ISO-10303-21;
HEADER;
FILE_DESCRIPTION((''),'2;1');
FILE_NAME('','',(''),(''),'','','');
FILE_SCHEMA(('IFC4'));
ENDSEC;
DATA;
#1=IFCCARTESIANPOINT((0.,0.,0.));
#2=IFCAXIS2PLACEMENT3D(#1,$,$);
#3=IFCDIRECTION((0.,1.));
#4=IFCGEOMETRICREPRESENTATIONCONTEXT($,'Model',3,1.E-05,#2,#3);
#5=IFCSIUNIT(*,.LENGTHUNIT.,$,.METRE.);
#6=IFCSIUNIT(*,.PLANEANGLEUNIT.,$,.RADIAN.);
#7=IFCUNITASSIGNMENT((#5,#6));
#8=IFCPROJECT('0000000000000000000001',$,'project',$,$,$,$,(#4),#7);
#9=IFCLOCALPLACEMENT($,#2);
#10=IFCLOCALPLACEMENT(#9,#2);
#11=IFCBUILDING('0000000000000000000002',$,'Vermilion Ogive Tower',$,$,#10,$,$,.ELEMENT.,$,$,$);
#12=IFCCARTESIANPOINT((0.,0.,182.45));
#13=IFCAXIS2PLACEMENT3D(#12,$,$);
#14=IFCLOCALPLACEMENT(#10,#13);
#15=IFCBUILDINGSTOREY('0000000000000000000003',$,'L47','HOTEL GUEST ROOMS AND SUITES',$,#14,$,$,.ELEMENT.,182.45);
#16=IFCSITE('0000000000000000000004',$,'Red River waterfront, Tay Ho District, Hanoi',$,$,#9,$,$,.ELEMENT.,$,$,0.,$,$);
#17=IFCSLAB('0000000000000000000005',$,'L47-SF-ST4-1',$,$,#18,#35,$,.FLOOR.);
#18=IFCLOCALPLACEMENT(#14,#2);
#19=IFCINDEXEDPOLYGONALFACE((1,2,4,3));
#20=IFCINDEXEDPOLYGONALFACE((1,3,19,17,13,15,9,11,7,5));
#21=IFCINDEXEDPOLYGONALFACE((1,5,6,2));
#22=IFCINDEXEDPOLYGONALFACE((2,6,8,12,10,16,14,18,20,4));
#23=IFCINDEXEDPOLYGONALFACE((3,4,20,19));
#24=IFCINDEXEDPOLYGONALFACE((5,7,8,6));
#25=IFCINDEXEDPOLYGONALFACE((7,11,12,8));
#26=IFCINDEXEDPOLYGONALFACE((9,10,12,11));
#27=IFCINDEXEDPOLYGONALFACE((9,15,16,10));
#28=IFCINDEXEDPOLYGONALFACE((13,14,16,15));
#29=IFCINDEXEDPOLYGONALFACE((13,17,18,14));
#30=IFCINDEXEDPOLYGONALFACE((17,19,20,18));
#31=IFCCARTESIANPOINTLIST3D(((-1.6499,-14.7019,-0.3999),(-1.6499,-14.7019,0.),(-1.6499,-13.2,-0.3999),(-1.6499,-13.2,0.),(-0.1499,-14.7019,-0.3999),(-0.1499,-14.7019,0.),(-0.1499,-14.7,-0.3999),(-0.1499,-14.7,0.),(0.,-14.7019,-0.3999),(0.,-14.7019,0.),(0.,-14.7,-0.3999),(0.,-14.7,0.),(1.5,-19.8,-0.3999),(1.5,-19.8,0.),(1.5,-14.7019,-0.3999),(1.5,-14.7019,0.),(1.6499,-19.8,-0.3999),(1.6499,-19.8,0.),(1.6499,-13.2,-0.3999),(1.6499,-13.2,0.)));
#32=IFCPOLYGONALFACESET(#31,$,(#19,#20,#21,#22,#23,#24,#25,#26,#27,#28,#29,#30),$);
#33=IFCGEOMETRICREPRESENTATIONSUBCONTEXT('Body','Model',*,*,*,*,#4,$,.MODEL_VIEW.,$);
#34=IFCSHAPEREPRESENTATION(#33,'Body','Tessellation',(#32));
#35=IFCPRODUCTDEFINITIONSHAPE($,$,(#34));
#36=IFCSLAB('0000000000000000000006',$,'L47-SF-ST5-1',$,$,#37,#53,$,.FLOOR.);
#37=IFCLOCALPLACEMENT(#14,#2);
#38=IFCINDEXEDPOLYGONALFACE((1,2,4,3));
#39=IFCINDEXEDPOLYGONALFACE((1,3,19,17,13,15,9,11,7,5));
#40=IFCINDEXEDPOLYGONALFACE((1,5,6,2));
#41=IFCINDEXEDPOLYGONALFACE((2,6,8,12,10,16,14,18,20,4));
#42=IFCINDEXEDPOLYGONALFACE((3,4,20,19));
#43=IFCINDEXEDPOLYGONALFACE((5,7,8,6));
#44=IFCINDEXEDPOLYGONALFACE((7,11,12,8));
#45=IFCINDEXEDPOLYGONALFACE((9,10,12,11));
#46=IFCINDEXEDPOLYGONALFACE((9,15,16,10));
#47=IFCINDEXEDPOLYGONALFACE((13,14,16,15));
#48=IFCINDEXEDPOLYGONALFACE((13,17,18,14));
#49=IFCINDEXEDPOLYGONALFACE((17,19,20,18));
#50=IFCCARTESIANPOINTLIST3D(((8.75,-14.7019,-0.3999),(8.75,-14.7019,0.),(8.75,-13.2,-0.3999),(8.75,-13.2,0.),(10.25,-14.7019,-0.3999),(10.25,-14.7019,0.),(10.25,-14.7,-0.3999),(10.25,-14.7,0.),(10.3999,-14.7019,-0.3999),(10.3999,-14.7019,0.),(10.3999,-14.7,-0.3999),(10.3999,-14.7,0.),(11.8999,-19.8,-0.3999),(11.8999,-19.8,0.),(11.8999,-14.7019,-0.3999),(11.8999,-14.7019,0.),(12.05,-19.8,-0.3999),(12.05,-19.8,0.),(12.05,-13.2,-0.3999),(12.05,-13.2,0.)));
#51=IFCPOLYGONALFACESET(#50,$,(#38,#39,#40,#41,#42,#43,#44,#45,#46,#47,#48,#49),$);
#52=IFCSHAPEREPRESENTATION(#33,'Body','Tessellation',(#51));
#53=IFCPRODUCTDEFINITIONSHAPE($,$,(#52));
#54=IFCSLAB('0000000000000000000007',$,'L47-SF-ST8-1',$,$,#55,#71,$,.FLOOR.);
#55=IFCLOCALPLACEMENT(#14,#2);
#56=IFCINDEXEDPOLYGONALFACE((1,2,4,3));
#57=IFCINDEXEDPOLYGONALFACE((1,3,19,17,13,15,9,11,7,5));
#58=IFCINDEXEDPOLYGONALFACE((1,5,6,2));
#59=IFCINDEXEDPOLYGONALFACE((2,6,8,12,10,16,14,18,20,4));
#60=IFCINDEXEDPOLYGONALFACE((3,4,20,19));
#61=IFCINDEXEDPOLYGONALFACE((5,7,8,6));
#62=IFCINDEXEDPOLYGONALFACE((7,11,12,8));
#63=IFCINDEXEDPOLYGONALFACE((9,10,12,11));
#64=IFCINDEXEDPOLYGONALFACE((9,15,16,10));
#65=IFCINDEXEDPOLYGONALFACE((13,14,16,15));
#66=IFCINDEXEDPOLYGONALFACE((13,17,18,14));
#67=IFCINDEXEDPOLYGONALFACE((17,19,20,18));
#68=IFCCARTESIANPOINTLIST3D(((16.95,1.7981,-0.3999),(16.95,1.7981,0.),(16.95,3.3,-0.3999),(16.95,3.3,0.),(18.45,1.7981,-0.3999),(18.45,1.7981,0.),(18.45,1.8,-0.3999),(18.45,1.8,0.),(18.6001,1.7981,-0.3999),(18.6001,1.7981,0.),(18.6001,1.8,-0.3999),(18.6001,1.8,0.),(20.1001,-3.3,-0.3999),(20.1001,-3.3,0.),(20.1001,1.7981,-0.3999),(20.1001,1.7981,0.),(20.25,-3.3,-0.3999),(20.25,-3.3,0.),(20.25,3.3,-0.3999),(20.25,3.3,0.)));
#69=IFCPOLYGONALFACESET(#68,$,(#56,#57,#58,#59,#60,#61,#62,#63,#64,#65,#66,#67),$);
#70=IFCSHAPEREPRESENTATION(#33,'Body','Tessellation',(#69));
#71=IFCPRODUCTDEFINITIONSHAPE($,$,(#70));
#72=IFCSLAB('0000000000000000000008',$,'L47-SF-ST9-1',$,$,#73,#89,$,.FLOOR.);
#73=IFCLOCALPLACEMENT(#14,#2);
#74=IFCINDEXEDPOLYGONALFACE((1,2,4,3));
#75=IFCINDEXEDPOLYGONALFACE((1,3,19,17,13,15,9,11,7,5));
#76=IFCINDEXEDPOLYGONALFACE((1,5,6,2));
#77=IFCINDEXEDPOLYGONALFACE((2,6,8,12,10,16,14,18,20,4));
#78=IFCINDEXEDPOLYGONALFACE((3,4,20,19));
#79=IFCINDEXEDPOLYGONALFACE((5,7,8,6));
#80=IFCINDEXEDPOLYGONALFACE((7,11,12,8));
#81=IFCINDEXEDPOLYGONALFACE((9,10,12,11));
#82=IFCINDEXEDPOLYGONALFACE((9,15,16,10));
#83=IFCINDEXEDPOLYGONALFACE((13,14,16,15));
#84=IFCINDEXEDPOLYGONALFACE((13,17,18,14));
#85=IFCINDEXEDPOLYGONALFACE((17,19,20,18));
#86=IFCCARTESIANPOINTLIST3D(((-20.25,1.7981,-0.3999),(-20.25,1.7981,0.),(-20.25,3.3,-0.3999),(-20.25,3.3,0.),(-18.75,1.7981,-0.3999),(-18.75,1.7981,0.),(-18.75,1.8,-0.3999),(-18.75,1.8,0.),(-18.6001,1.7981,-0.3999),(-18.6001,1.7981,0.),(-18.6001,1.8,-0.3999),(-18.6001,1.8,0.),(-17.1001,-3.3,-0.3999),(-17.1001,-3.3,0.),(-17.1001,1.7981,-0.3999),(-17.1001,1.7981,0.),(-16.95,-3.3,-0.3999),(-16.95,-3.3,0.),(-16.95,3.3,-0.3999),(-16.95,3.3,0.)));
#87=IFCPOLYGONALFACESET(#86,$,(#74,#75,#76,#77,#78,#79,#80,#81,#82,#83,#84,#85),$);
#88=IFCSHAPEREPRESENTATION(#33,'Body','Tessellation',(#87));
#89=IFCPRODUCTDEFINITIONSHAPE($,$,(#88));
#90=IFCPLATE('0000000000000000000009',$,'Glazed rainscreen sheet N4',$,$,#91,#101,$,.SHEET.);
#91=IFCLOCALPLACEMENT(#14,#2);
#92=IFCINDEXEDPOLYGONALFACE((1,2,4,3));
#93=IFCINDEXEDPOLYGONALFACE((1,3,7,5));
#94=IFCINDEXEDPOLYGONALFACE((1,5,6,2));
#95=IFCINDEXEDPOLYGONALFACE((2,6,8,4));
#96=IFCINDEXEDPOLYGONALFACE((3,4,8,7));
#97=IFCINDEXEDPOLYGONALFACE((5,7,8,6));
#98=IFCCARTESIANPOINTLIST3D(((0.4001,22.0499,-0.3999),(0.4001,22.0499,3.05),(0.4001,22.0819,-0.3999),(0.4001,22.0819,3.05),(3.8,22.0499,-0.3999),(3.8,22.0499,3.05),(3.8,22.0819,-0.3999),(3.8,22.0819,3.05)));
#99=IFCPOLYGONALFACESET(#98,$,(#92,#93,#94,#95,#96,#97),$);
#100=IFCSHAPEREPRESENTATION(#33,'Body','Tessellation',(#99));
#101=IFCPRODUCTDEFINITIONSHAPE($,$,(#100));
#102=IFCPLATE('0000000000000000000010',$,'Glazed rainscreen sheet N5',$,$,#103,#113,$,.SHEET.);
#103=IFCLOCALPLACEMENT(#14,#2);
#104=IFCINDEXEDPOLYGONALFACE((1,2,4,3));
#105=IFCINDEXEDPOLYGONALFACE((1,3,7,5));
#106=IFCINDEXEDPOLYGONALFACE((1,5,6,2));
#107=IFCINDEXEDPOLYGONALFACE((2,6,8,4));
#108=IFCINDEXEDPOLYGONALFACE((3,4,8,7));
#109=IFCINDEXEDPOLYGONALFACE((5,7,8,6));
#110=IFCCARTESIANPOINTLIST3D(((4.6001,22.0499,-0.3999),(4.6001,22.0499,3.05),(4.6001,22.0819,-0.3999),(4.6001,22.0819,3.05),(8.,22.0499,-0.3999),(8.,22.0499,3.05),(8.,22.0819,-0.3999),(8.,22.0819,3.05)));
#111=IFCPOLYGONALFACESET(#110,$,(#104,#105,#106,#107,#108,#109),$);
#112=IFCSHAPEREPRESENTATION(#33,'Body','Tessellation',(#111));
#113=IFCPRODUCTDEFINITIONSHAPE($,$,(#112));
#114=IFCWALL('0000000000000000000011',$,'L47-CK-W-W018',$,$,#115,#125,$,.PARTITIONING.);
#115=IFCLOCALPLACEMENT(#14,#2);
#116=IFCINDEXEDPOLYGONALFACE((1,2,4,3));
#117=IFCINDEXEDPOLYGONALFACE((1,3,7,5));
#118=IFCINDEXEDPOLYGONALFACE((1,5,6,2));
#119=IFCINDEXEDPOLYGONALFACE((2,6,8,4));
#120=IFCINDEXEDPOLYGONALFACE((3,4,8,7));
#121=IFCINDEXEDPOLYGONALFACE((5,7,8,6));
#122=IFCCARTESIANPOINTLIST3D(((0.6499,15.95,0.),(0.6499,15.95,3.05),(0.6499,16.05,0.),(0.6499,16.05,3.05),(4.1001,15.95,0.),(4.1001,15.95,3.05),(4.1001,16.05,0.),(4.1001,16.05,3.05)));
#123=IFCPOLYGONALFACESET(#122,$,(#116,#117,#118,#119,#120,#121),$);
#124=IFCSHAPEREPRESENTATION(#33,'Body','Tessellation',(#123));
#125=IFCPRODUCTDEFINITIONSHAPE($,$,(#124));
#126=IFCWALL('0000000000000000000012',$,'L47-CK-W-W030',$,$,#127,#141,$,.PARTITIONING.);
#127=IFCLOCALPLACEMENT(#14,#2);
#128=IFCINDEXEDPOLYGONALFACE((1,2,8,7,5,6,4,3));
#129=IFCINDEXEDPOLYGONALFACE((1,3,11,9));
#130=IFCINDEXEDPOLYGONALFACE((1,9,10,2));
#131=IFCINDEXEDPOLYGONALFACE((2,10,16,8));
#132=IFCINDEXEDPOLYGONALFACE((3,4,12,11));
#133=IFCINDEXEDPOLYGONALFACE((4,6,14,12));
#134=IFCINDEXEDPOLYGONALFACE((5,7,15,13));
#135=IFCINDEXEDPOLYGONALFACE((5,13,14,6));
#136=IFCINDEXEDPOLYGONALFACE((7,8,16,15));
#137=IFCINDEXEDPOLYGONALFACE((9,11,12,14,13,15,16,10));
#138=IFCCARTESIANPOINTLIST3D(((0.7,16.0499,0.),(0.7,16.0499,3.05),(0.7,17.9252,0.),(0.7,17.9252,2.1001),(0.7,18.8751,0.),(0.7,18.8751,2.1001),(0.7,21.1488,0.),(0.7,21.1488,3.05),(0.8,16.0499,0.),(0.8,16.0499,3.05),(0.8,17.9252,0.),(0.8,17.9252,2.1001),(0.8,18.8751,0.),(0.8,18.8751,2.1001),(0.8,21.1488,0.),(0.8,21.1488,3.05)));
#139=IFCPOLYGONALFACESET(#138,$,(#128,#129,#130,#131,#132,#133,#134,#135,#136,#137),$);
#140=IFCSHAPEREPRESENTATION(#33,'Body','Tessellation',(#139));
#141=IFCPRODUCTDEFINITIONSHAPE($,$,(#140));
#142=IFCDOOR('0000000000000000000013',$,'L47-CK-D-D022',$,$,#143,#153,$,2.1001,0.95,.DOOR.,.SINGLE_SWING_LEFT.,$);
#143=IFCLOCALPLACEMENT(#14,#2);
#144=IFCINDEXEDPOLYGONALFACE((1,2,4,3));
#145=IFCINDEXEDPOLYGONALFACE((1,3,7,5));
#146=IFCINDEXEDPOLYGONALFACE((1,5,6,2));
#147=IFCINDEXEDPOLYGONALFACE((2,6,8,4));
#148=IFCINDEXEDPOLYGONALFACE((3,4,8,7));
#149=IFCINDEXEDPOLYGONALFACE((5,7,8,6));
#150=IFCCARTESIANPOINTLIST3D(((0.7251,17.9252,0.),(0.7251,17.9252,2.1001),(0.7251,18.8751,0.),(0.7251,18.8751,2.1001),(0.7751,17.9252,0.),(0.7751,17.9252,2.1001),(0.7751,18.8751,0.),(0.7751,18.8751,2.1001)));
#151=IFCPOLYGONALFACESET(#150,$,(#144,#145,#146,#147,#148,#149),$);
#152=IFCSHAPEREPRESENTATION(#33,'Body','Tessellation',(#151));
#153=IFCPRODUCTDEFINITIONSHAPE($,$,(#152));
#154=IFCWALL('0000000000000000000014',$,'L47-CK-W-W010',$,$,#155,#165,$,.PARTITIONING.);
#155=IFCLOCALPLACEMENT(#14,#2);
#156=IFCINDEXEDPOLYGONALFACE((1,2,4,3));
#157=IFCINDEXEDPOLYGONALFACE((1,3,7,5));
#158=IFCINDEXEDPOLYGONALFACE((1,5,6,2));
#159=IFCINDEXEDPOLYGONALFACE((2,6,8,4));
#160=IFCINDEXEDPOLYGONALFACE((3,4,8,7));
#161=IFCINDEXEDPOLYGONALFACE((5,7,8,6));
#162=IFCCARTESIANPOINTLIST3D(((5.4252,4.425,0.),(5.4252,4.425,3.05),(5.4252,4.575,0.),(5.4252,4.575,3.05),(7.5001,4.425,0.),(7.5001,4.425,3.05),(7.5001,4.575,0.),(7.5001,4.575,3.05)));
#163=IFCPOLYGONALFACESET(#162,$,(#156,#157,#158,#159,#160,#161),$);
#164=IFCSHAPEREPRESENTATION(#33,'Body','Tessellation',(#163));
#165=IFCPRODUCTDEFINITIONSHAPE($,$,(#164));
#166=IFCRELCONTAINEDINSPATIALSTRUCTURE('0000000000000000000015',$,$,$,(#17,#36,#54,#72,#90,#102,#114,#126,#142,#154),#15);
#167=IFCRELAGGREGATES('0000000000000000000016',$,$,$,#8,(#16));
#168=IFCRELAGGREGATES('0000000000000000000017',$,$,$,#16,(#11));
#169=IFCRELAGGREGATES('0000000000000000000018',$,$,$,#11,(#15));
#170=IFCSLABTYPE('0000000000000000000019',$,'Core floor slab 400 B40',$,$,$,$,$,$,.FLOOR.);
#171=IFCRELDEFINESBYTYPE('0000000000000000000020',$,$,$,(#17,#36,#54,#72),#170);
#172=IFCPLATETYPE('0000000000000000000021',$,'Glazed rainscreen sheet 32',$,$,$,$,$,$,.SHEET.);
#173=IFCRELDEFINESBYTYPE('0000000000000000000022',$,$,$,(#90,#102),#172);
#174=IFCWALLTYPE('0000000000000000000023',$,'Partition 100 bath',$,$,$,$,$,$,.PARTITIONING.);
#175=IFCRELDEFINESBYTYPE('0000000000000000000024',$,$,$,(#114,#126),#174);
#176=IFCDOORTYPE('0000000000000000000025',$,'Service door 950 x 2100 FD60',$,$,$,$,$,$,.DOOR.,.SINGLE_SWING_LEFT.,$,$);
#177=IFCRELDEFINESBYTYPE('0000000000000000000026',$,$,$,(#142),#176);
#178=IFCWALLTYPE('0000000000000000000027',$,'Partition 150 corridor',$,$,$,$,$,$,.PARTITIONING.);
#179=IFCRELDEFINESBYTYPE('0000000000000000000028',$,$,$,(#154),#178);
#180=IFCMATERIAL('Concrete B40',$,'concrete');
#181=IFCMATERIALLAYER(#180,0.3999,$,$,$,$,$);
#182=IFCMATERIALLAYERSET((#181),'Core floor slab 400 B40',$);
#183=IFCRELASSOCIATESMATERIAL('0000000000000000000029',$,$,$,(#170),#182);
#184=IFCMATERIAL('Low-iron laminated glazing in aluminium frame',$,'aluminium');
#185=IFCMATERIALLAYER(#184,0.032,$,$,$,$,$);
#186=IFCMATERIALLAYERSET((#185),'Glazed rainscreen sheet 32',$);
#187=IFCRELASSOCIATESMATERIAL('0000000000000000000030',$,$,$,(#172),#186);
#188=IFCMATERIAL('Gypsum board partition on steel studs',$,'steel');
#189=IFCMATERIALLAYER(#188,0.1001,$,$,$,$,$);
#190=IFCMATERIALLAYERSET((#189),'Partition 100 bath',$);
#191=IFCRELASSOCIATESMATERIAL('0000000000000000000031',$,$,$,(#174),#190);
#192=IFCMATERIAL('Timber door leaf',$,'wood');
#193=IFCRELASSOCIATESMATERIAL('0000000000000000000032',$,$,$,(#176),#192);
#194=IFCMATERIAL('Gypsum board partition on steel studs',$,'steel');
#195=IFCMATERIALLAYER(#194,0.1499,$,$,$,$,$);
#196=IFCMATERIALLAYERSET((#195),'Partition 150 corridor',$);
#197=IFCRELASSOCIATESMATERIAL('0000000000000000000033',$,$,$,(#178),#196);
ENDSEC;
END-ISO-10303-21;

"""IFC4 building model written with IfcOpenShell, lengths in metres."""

from ifc_helpers import new_model, si_unit, direction, frame, frame_2d, origin, origin_2d, place, context, subcontext, project, spatial, polyline, rectangle, outline, extrude, material, layer, layer_set, type_object, element, fill, save


model = new_model("IFC4")

# Units and contexts
model_context = context("Model", 3, precision=1e-05, world=origin(), true_north=direction((0.0, 1.0)))
body_context = subcontext(model_context, "Body", "Model", "MODEL_VIEW")
ifc_project = project(units=[si_unit("LENGTHUNIT", "METRE"), si_unit("PLANEANGLEUNIT", "RADIAN")], contexts=[model_context])

# Site, building, storey
site_placement = place(None, origin())
site = spatial("IfcSite", under=ifc_project, at=site_placement, Name="Red River waterfront, Tay Ho District, Hanoi", CompositionType="ELEMENT", RefElevation=0.0)
building_placement = place(site_placement, origin())
building = spatial("IfcBuilding", under=site, at=building_placement, Name="Vermilion Ogive Tower", CompositionType="ELEMENT")
storey_placement = place(building_placement, frame((0.0, 0.0, 182.45)))
storey = spatial("IfcBuildingStorey", under=building, at=storey_placement, Name="L47", Description="HOTEL GUEST ROOMS AND SUITES", CompositionType="ELEMENT", Elevation=182.45)

# Slabs
ifc_material_1 = material(Name="Concrete B40", Category="concrete")
ifc_layer_1 = layer(ifc_material_1, 0.3999)
ifc_layer_set_1 = layer_set([ifc_layer_1], Name="Core floor slab 400 B40")
slab_type = type_object("IfcSlabType", Name="Core floor slab 400 B40", PredefinedType="FLOOR", material=ifc_layer_set_1)
slab_1_placement = place(storey_placement, frame((0.0, 0.0, -0.3999)))
element("IfcSlab", 1, at=slab_1_placement, inside=storey, type_object=slab_type, Name="L47-SF-ST4-1", PredefinedType="FLOOR", context=body_context, shape_type="SweptSolid", body=[
    extrude(outline(polyline([(-1.6499, -13.2), (-1.6499, -14.7019), (-0.1499, -14.7019), (-0.1499, -14.7), (0.0, -14.7), (0.0, -14.7019), (1.5, -14.7019), (1.5, -19.8), (1.6499, -19.8), (1.6499, -13.2), (-1.6499, -13.2)])), origin(), (0.0, 0.0, 1.0), 0.3999),
])
slab_2_placement = place(storey_placement, frame((0.0, 0.0, -0.3999)))
element("IfcSlab", 2, at=slab_2_placement, inside=storey, type_object=slab_type, Name="L47-SF-ST5-1", PredefinedType="FLOOR", context=body_context, shape_type="SweptSolid", body=[
    extrude(outline(polyline([(8.75, -13.2), (8.75, -14.7019), (10.25, -14.7019), (10.25, -14.7), (10.3999, -14.7), (10.3999, -14.7019), (11.8999, -14.7019), (11.8999, -19.8), (12.05, -19.8), (12.05, -13.2), (8.75, -13.2)])), origin(), (0.0, 0.0, 1.0), 0.3999),
])
slab_3_placement = place(storey_placement, frame((0.0, 0.0, -0.3999)))
element("IfcSlab", 3, at=slab_3_placement, inside=storey, type_object=slab_type, Name="L47-SF-ST8-1", PredefinedType="FLOOR", context=body_context, shape_type="SweptSolid", body=[
    extrude(outline(polyline([(16.95, 3.3), (16.95, 1.7981), (18.45, 1.7981), (18.45, 1.8), (18.6001, 1.8), (18.6001, 1.7981), (20.1001, 1.7981), (20.1001, -3.3), (20.25, -3.3), (20.25, 3.3), (16.95, 3.3)])), origin(), (0.0, 0.0, 1.0), 0.3999),
])
slab_4_placement = place(storey_placement, frame((0.0, 0.0, -0.3999)))
element("IfcSlab", 4, at=slab_4_placement, inside=storey, type_object=slab_type, Name="L47-SF-ST9-1", PredefinedType="FLOOR", context=body_context, shape_type="SweptSolid", body=[
    extrude(outline(polyline([(-20.25, 3.3), (-20.25, 1.7981), (-18.75, 1.7981), (-18.75, 1.8), (-18.6001, 1.8), (-18.6001, 1.7981), (-17.1001, 1.7981), (-17.1001, -3.3), (-16.95, -3.3), (-16.95, 3.3), (-20.25, 3.3)])), origin(), (0.0, 0.0, 1.0), 0.3999),
])

# Plates
ifc_material_2 = material(Name="Low-iron laminated glazing in aluminium frame", Category="aluminium")
ifc_layer_2 = layer(ifc_material_2, 0.032)
ifc_layer_set_2 = layer_set([ifc_layer_2], Name="Glazed rainscreen sheet 32")
plate_type = type_object("IfcPlateType", Name="Glazed rainscreen sheet 32", PredefinedType="SHEET", material=ifc_layer_set_2)
for number, where, z_axis, x_axis, name in (
    (5, (2.1001, 22.0659, -0.3999), (0.0, 0.0, 1.0), (1.0, 0.0, 0.0), "Glazed rainscreen sheet N4"),
    (6, (6.3, 22.0659, -0.3999), (0.0, 0.0, 1.0), (1.0, 0.0, 0.0), "Glazed rainscreen sheet N5"),
):
    element("IfcPlate", number, at=place(storey_placement, frame(where, z_axis=z_axis, x_axis=x_axis)), inside=storey, type_object=plate_type, Name=name, PredefinedType="SHEET", context=body_context, shape_type="SweptSolid", body=[
        extrude(rectangle(XDim=3.3999, YDim=0.032, at=origin_2d()), origin(), (0.0, 0.0, 1.0), 3.45),
    ])

# Wall
ifc_material_3 = material(Name="Gypsum board partition on steel studs", Category="steel")
ifc_layer_3 = layer(ifc_material_3, 0.1001)
ifc_layer_set_3 = layer_set([ifc_layer_3], Name="Partition 100 bath")
wall_type_1 = type_object("IfcWallType", Name="Partition 100 bath", PredefinedType="PARTITIONING", material=ifc_layer_set_3)
wall_1_placement = place(storey_placement, frame((0.6499, 16.0, 0.0), z_axis=(0.0, 0.0, 1.0), x_axis=(1.0, 0.0, 0.0)))
element("IfcWall", 7, at=wall_1_placement, inside=storey, type_object=wall_type_1, Name="L47-CK-W-W018", PredefinedType="PARTITIONING", context=body_context, shape_type="SweptSolid", body=[
    extrude(rectangle(XDim=3.4502, YDim=0.1001, at=frame_2d((1.7251, 0.0))), origin(), (0.0, 0.0, 1.0), 3.05),
])

# Wall, opening, door
wall_2_placement = place(storey_placement, frame((0.75, 16.05, 0.0), z_axis=(0.0, 0.0, 1.0), x_axis=(0.0, 1.0, 0.0)))
wall_2 = element("IfcWall", 8, at=wall_2_placement, inside=storey, type_object=wall_type_1, Name="L47-CK-W-W030", PredefinedType="PARTITIONING", context=body_context, shape_type="SweptSolid", body=[
    extrude(rectangle(XDim=5.0989, YDim=0.1001, at=frame_2d((2.5493, 0.0))), origin(), (0.0, 0.0, 1.0), 3.05),
])
opening_1_placement = place(wall_2_placement, frame((1.875, 0.0, 0.0)))
opening_1 = element("IfcOpeningElement", 9, at=opening_1_placement, cuts=wall_2, PredefinedType="OPENING", context=body_context, shape_type="SweptSolid", body=[
    extrude(rectangle(XDim=0.95, YDim=2.1001, at=frame_2d((0.4751, 1.05))), frame((0.0, 0.0601, 0.0), z_axis=(0.0, -1.0, 0.0), x_axis=(1.0, 0.0, 0.0)), (0.0, 0.0, 1.0), 0.1201),
])
ifc_material_4 = material(Name="Timber door leaf", Category="wood")
door_type_1 = type_object("IfcDoorType", Name="Service door 950 x 2100 FD60", OperationType="SINGLE_SWING_LEFT", PredefinedType="DOOR", material=ifc_material_4)
door_1_placement = place(opening_1_placement, origin())
door_1 = element("IfcDoor", 10, at=door_1_placement, inside=storey, type_object=door_type_1, Name="L47-CK-D-D022", OperationType="SINGLE_SWING_LEFT", OverallHeight=2.1001, OverallWidth=0.95, PredefinedType="DOOR", context=body_context, shape_type="SweptSolid", body=[
    extrude(rectangle(XDim=0.95, YDim=2.1001, at=frame_2d((0.4751, 1.05))), frame((0.0, 0.0249, 0.0), z_axis=(0.0, -1.0, 0.0), x_axis=(1.0, 0.0, 0.0)), (0.0, 0.0, 1.0), 0.05),
])
fill(opening_1, door_1)

# Wall
ifc_material_5 = material(Name="Gypsum board partition on steel studs", Category="steel")
ifc_layer_4 = layer(ifc_material_5, 0.1499)
ifc_layer_set_4 = layer_set([ifc_layer_4], Name="Partition 150 corridor")
wall_type_2 = type_object("IfcWallType", Name="Partition 150 corridor", PredefinedType="PARTITIONING", material=ifc_layer_set_4)
wall_3_placement = place(storey_placement, frame((5.425, 4.5, 0.0), z_axis=(0.0, 0.0, 1.0), x_axis=(1.0, 0.0, 0.0)))
element("IfcWall", 11, at=wall_3_placement, inside=storey, type_object=wall_type_2, Name="L47-CK-W-W010", PredefinedType="PARTITIONING", context=body_context, shape_type="SweptSolid", body=[
    extrude(rectangle(XDim=2.075, YDim=0.1499, at=frame_2d((1.0376, 0.0))), origin(), (0.0, 0.0, 1.0), 3.05),
])

save(model, "model.ifc")
